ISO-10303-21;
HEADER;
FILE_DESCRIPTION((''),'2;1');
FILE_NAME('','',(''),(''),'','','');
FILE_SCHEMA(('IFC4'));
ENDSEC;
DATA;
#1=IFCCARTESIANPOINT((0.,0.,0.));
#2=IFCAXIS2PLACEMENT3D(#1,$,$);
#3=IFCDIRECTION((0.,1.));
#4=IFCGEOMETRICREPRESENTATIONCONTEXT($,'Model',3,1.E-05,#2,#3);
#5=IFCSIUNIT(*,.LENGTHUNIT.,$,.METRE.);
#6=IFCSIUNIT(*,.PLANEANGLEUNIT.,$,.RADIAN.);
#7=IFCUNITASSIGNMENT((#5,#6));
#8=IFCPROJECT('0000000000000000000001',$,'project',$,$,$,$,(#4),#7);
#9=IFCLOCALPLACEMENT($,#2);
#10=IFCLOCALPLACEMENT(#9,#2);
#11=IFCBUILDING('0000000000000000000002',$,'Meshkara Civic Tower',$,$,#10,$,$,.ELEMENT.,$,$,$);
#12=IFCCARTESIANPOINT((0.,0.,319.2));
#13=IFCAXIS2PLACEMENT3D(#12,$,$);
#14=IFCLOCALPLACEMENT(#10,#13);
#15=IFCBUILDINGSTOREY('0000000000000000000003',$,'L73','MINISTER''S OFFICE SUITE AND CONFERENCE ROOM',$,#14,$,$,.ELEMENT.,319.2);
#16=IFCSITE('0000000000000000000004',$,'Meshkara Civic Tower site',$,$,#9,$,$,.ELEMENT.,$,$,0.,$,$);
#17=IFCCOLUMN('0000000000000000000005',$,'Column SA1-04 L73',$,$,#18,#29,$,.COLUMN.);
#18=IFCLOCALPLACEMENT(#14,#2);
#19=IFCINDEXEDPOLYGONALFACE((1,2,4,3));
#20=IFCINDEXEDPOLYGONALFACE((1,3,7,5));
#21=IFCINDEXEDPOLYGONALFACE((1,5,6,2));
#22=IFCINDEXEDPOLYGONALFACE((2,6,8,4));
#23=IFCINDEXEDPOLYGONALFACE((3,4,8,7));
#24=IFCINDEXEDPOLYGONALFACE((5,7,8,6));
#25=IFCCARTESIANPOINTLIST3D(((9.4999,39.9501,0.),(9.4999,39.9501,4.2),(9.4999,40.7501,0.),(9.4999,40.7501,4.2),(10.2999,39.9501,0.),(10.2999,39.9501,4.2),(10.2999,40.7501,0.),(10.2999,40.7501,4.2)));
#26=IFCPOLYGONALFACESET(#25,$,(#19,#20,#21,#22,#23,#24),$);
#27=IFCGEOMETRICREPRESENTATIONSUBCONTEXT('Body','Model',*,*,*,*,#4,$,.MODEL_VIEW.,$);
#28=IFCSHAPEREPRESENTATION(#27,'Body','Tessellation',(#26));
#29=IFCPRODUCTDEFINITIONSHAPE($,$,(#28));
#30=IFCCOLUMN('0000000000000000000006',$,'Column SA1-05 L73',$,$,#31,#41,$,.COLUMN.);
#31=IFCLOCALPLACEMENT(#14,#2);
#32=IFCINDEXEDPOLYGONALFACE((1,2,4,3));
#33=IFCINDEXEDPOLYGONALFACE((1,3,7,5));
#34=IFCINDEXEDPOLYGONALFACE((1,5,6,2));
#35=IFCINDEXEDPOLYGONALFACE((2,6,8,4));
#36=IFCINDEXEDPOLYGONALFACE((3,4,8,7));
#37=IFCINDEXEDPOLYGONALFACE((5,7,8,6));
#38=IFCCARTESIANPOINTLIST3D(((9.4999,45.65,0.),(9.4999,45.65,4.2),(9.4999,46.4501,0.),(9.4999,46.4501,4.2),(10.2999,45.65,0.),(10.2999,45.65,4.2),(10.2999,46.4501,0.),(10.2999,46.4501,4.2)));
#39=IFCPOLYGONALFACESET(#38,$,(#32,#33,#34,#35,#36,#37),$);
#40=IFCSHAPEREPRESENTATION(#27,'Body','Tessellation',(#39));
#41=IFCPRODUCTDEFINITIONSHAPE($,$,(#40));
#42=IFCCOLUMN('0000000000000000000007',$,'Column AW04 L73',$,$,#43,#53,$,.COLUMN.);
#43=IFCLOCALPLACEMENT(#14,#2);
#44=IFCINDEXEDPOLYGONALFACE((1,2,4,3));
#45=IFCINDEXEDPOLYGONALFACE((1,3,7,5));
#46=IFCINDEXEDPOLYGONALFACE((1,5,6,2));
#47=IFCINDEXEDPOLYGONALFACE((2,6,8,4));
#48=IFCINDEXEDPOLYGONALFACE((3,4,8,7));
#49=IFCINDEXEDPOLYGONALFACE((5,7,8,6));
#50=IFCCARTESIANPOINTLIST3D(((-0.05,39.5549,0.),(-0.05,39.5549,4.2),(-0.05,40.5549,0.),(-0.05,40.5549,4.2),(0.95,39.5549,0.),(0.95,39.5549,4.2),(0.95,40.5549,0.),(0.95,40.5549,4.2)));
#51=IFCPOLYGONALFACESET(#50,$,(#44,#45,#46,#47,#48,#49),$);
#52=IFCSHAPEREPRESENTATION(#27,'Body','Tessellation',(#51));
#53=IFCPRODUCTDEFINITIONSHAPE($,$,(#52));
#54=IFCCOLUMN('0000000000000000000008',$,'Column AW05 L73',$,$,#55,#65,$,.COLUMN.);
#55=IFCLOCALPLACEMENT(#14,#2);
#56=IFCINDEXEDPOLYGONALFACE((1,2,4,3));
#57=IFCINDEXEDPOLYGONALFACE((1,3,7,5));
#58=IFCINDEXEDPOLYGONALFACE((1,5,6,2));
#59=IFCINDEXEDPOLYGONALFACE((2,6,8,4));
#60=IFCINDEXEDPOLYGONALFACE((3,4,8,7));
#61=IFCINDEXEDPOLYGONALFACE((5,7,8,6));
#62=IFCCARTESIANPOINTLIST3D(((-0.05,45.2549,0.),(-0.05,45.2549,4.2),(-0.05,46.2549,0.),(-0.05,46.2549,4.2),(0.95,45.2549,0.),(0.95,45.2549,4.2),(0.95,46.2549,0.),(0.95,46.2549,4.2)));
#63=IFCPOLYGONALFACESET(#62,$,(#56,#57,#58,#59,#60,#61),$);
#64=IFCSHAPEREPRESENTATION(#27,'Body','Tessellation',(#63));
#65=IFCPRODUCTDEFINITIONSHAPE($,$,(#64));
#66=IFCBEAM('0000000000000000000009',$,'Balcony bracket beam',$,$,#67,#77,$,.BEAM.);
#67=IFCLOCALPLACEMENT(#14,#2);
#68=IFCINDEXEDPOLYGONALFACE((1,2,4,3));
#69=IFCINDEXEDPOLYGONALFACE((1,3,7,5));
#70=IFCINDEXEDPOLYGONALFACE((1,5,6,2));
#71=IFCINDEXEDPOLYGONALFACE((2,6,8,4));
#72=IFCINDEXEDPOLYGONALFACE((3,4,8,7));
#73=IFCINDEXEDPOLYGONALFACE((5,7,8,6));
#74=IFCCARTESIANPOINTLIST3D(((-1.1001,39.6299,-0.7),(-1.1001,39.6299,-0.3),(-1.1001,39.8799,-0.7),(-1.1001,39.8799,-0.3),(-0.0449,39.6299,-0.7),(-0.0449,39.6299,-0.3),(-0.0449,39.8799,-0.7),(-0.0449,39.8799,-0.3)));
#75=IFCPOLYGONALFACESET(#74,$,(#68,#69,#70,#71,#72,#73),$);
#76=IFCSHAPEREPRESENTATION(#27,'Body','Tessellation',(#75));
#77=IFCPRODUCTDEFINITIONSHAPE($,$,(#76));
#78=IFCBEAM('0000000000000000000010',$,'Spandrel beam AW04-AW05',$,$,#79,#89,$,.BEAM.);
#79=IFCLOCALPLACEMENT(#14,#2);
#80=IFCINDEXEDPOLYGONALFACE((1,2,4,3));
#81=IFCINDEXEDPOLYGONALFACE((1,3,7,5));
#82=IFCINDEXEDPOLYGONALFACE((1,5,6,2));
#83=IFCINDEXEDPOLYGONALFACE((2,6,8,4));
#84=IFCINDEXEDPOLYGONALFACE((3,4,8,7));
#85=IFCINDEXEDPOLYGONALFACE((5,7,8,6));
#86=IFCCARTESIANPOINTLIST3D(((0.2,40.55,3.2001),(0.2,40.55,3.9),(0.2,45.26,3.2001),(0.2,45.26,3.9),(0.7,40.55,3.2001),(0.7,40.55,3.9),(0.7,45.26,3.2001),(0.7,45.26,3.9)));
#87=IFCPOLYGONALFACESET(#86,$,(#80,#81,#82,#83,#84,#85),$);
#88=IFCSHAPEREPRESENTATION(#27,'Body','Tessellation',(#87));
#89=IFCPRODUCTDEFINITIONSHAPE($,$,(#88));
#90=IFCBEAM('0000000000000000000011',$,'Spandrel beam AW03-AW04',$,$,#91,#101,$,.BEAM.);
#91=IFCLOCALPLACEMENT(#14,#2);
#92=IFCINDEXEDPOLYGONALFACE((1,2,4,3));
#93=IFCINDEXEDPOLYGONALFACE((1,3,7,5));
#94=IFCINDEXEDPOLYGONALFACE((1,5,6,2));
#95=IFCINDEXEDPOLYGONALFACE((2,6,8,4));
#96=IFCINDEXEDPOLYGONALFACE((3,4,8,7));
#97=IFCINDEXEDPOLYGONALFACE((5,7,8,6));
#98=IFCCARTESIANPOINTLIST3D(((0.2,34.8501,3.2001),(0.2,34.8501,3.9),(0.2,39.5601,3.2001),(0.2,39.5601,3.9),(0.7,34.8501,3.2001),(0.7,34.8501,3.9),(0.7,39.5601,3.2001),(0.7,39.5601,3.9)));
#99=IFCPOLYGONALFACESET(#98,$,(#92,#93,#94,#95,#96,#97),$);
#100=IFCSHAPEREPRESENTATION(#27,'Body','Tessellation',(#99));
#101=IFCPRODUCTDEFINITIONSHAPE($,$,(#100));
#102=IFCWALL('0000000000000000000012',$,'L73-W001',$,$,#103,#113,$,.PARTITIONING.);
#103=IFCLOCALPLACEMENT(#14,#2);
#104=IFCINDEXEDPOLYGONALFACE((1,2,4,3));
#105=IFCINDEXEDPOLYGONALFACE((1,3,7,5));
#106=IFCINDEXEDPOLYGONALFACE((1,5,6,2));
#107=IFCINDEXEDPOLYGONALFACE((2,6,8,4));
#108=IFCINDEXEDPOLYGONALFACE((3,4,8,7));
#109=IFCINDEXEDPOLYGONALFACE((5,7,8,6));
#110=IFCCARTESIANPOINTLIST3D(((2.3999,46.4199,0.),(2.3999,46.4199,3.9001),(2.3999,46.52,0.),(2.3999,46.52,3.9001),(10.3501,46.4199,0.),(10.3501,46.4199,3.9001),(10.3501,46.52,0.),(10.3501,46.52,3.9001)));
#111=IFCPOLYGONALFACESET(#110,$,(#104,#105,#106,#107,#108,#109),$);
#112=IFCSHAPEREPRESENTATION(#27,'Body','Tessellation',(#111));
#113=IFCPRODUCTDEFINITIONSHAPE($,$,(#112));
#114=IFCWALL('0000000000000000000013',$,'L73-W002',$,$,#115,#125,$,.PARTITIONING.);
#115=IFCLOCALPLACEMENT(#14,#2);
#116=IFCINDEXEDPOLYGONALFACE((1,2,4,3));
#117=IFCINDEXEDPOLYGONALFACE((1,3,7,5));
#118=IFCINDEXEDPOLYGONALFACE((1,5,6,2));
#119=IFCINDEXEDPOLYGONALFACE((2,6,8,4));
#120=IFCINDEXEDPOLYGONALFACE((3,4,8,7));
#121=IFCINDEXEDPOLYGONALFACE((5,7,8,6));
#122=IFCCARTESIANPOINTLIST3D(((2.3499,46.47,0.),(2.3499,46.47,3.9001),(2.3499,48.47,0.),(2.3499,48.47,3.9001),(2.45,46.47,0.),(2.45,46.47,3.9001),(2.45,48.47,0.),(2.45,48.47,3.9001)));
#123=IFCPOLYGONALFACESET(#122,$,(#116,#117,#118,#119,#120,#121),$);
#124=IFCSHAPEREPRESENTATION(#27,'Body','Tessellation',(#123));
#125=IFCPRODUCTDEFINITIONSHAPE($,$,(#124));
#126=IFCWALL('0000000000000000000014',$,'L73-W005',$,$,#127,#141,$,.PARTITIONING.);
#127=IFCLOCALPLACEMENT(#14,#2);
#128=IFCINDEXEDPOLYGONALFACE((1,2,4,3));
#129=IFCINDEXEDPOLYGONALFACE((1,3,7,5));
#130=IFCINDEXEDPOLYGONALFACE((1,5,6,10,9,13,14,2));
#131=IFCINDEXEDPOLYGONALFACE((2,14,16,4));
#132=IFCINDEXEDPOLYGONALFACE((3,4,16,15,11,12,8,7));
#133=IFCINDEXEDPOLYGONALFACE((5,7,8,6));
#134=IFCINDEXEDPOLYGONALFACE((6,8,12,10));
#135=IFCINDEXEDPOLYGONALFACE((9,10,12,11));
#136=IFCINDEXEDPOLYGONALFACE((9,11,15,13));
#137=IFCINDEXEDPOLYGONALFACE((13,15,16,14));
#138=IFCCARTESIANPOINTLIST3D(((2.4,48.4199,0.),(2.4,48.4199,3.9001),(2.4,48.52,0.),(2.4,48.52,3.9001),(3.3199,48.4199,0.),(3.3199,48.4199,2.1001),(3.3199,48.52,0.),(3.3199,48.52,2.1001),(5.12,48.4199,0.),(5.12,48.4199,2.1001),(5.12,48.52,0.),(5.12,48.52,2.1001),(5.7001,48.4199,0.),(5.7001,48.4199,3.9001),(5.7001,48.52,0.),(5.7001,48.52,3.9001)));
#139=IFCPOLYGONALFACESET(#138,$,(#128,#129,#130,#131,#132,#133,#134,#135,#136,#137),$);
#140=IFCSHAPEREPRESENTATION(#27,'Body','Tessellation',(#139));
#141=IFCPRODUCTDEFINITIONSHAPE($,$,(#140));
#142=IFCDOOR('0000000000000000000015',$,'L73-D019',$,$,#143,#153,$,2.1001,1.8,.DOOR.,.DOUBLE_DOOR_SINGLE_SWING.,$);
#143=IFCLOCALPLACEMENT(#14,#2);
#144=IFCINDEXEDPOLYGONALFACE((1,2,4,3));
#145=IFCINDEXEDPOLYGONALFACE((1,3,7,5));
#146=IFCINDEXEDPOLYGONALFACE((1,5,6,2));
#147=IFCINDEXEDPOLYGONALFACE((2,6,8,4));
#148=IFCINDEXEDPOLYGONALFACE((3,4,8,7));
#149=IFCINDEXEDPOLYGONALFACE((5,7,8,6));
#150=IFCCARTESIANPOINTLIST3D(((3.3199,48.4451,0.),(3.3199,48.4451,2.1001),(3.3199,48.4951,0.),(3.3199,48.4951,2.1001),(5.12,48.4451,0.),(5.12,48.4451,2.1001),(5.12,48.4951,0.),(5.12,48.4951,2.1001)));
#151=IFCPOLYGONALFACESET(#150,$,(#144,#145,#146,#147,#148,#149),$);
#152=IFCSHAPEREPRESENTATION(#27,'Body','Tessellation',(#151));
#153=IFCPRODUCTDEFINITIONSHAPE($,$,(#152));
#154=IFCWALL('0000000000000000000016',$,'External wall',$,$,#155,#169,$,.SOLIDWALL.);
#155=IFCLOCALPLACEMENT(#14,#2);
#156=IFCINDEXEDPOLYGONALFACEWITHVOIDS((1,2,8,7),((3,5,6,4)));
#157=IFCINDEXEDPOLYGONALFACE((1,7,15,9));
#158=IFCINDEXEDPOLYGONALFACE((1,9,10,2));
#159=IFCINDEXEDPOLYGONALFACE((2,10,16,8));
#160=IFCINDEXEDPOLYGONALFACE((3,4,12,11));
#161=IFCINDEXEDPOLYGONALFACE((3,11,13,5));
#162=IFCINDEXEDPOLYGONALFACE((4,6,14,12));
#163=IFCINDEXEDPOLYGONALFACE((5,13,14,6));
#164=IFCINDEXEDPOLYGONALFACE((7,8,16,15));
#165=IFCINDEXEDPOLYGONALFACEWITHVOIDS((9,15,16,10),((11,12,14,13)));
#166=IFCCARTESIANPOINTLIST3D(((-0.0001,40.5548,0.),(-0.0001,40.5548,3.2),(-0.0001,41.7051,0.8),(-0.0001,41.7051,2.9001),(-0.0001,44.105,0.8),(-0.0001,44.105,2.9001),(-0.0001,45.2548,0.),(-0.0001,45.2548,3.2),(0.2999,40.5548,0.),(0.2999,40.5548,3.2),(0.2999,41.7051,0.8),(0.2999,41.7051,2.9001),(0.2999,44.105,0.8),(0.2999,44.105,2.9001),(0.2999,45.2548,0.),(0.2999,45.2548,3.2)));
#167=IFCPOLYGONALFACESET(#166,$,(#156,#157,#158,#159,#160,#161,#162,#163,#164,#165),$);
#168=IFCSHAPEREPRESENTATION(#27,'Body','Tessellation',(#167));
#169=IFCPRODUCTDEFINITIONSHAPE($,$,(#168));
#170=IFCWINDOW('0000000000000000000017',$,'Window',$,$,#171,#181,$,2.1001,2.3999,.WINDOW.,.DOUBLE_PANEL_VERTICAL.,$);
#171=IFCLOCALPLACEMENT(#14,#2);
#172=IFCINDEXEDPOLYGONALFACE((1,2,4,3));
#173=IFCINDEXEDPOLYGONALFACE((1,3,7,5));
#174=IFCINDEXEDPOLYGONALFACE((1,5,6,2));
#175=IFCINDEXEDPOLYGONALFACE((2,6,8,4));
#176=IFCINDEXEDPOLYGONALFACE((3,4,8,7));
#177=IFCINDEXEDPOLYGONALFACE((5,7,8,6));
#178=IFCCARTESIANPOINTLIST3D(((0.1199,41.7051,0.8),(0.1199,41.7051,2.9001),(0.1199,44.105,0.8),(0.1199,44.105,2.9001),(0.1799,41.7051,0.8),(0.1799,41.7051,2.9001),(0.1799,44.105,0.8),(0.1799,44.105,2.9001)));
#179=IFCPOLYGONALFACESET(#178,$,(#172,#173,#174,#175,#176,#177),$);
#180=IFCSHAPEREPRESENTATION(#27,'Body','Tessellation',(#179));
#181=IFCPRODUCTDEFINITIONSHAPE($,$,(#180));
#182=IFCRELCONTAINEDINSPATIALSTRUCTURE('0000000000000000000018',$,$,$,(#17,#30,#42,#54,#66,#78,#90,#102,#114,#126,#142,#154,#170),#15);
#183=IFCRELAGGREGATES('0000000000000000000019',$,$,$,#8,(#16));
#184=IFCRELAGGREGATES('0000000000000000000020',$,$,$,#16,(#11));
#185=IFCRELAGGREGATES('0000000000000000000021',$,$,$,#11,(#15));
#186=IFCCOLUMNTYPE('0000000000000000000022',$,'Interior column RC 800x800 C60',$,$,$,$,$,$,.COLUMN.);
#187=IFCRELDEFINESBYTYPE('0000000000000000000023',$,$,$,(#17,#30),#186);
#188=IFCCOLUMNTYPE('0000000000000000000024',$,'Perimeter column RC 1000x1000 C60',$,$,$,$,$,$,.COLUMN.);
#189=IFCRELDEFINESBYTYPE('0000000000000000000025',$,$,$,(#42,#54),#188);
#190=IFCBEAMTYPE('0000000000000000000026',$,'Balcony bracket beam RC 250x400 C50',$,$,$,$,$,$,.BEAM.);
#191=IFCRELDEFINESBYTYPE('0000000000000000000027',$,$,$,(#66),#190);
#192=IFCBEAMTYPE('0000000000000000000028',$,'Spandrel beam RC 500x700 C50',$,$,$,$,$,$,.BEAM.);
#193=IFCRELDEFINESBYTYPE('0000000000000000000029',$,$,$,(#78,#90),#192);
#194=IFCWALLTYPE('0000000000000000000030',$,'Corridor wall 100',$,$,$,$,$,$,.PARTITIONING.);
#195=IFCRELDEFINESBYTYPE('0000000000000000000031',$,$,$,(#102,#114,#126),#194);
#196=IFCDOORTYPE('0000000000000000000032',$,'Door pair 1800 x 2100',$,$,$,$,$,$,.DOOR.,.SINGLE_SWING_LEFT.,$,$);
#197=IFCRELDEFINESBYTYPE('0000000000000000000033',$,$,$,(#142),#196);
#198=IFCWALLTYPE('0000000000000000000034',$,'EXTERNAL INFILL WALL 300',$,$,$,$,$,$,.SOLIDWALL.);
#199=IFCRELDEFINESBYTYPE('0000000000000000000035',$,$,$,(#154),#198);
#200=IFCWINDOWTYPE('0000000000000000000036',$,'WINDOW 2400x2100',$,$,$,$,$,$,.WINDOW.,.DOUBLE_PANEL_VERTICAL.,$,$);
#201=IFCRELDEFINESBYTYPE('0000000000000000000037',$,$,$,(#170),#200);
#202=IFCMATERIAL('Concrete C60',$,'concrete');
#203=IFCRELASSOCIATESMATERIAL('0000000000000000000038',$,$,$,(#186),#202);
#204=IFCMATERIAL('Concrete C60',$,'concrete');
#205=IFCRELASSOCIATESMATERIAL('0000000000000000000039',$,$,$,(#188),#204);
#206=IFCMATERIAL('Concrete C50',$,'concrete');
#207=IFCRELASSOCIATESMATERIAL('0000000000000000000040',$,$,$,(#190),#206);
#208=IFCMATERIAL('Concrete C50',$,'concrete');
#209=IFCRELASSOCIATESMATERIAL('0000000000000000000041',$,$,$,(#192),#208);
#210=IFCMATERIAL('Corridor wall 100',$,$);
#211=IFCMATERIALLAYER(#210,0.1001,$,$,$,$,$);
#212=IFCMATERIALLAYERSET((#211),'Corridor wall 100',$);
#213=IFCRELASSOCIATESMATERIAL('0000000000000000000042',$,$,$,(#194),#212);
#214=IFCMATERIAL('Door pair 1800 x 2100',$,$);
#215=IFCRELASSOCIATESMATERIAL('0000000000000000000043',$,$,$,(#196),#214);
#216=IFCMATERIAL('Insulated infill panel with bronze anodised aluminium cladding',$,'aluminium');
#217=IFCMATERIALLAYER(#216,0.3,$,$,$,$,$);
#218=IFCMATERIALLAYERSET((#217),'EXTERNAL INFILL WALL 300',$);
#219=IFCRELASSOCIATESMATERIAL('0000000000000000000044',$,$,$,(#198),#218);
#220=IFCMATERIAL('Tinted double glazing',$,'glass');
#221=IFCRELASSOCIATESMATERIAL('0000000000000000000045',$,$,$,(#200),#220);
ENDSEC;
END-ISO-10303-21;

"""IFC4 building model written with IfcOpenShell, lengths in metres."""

from ifc_helpers import new_model, si_unit, direction, frame, frame_2d, origin, origin_2d, place, context, subcontext, project, spatial, rectangle, extrude, material, layer, layer_set, material_profile, profile_set, type_object, element, fill, save


model = new_model("IFC4")

# Units and contexts
model_context = context("Model", 3, precision=1e-05, world=origin(), true_north=direction((0.0, 1.0)))
body_context = subcontext(model_context, "Body", "Model", "MODEL_VIEW")
ifc_project = project(units=[si_unit("LENGTHUNIT", "METRE"), si_unit("PLANEANGLEUNIT", "RADIAN")], contexts=[model_context])

# Site, building, storey
site_placement = place(None, origin())
site = spatial("IfcSite", under=ifc_project, at=site_placement, Name="Meshkara Civic Tower site", CompositionType="ELEMENT", RefElevation=0.0)
building_placement = place(site_placement, origin())
building = spatial("IfcBuilding", under=site, at=building_placement, Name="Meshkara Civic Tower", CompositionType="ELEMENT")
storey_placement = place(building_placement, frame((0.0, 0.0, 319.2)))
storey = spatial("IfcBuildingStorey", under=building, at=storey_placement, Name="L73", Description="MINISTER'S OFFICE SUITE AND CONFERENCE ROOM", CompositionType="ELEMENT", Elevation=319.2)

# Columns
ifc_material_1 = material(Name="Concrete C60", Category="concrete")
ifc_material_profile_1 = material_profile(ifc_material_1, rectangle(XDim=0.8, YDim=0.8, at=origin_2d()))
ifc_profile_set_1 = profile_set([ifc_material_profile_1], Name="Concrete C60")
column_type_1 = type_object("IfcColumnType", Name="Interior column RC 800x800 C60", PredefinedType="COLUMN", material=ifc_profile_set_1)
for number, where, z_axis, x_axis, name in (
    (1, (9.8999, 40.3501, 0.0), (0.0, 0.0, 1.0), (1.0, 0.0, 0.0), "Column SA1-04 L73"),
    (2, (9.8999, 46.05, 0.0), (0.0, 0.0, 1.0), (1.0, 0.0, 0.0), "Column SA1-05 L73"),
):
    element("IfcColumn", number, at=place(storey_placement, frame(where, z_axis=z_axis, x_axis=x_axis)), inside=storey, type_object=column_type_1, Name=name, PredefinedType="COLUMN", context=body_context, shape_type="SweptSolid", body=[
        extrude(rectangle(XDim=0.8, YDim=0.8, at=origin_2d()), origin(), (0.0, 0.0, 1.0), 4.2),
    ])
ifc_material_2 = material(Name="Concrete C60", Category="concrete")
ifc_material_profile_2 = material_profile(ifc_material_2, rectangle(XDim=1.0, YDim=1.0, at=origin_2d()))
ifc_profile_set_2 = profile_set([ifc_material_profile_2], Name="Concrete C60")
column_type_2 = type_object("IfcColumnType", Name="Perimeter column RC 1000x1000 C60", PredefinedType="COLUMN", material=ifc_profile_set_2)
for number, where, z_axis, x_axis, name in (
    (3, (0.45, 40.0549, 0.0), (0.0, 0.0, 1.0), (1.0, 0.0, 0.0), "Column AW04 L73"),
    (4, (0.45, 45.7549, 0.0), (0.0, 0.0, 1.0), (1.0, 0.0, 0.0), "Column AW05 L73"),
):
    element("IfcColumn", number, at=place(storey_placement, frame(where, z_axis=z_axis, x_axis=x_axis)), inside=storey, type_object=column_type_2, Name=name, PredefinedType="COLUMN", context=body_context, shape_type="SweptSolid", body=[
        extrude(rectangle(XDim=1.0, YDim=1.0, at=origin_2d()), origin(), (0.0, 0.0, 1.0), 4.2),
    ])

# Beams
ifc_material_3 = material(Name="Concrete C50", Category="concrete")
ifc_material_profile_3 = material_profile(ifc_material_3, rectangle(XDim=0.25, YDim=0.3999, at=origin_2d()))
ifc_profile_set_3 = profile_set([ifc_material_profile_3], Name="Concrete C50")
beam_type_1 = type_object("IfcBeamType", Name="Balcony bracket beam RC 250x400 C50", PredefinedType="BEAM", material=ifc_profile_set_3)
beam_placement = place(storey_placement, frame((-0.0449, 39.7549, -0.5), z_axis=(-1.0, 0.0, 0.0), x_axis=(0.0, -1.0, 0.0)))
element("IfcBeam", 5, at=beam_placement, inside=storey, type_object=beam_type_1, Name="Balcony bracket beam", PredefinedType="BEAM", context=body_context, shape_type="SweptSolid", body=[
    extrude(rectangle(XDim=0.25, YDim=0.3999, at=origin_2d()), origin(), (0.0, 0.0, 1.0), 1.0552),
])
ifc_material_4 = material(Name="Concrete C50", Category="concrete")
ifc_material_profile_4 = material_profile(ifc_material_4, rectangle(XDim=0.5, YDim=0.7, at=origin_2d()))
ifc_profile_set_4 = profile_set([ifc_material_profile_4], Name="Concrete C50")
beam_type_2 = type_object("IfcBeamType", Name="Spandrel beam RC 500x700 C50", PredefinedType="BEAM", material=ifc_profile_set_4)
for number, where, z_axis, x_axis, name in (
    (6, (0.45, 45.26, 3.55), (0.0, -1.0, 0.0), (1.0, 0.0, 0.0), "Spandrel beam AW04-AW05"),
    (7, (0.45, 39.5601, 3.55), (0.0, -1.0, 0.0), (1.0, 0.0, 0.0), "Spandrel beam AW03-AW04"),
):
    element("IfcBeam", number, at=place(storey_placement, frame(where, z_axis=z_axis, x_axis=x_axis)), inside=storey, type_object=beam_type_2, Name=name, PredefinedType="BEAM", context=body_context, shape_type="SweptSolid", body=[
        extrude(rectangle(XDim=0.5, YDim=0.7, at=origin_2d()), origin(), (0.0, 0.0, 1.0), 4.71),
    ])

# Walls
ifc_material_5 = material(Name="Corridor wall 100")
ifc_layer_1 = layer(ifc_material_5, 0.1001)
ifc_layer_set_1 = layer_set([ifc_layer_1], Name="Corridor wall 100")
wall_type_1 = type_object("IfcWallType", Name="Corridor wall 100", PredefinedType="PARTITIONING", material=ifc_layer_set_1)
wall_1_placement = place(storey_placement, frame((2.3999, 46.47, 0.0), z_axis=(0.0, 0.0, 1.0), x_axis=(1.0, 0.0, 0.0)))
element("IfcWall", 8, at=wall_1_placement, inside=storey, type_object=wall_type_1, Name="L73-W001", PredefinedType="PARTITIONING", context=body_context, shape_type="SweptSolid", body=[
    extrude(rectangle(XDim=7.9502, YDim=0.1001, at=frame_2d((3.9751, 0.0))), origin(), (0.0, 0.0, 1.0), 3.9001),
])
wall_2_placement = place(storey_placement, frame((2.3999, 48.47, 0.0), z_axis=(0.0, 0.0, 1.0), x_axis=(0.0, -1.0, 0.0)))
element("IfcWall", 9, at=wall_2_placement, inside=storey, type_object=wall_type_1, Name="L73-W002", PredefinedType="PARTITIONING", context=body_context, shape_type="SweptSolid", body=[
    extrude(rectangle(XDim=2.0, YDim=0.1001, at=frame_2d((1.0, 0.0))), origin(), (0.0, 0.0, 1.0), 3.9001),
])

# Wall, opening, door
wall_3_placement = place(storey_placement, frame((5.7, 48.47, 0.0), z_axis=(0.0, 0.0, 1.0), x_axis=(-1.0, 0.0, 0.0)))
wall_3 = element("IfcWall", 10, at=wall_3_placement, inside=storey, type_object=wall_type_1, Name="L73-W005", PredefinedType="PARTITIONING", context=body_context, shape_type="SweptSolid", body=[
    extrude(rectangle(XDim=3.3, YDim=0.1001, at=frame_2d((1.6499, 0.0))), origin(), (0.0, 0.0, 1.0), 3.9001),
])
opening_1_placement = place(wall_3_placement, frame((0.5801, 0.0, 0.0)))
opening_1 = element("IfcOpeningElement", 11, at=opening_1_placement, cuts=wall_3, PredefinedType="OPENING", context=body_context, shape_type="SweptSolid", body=[
    extrude(rectangle(XDim=1.8, YDim=2.1001, at=frame_2d((0.8999, 1.05))), frame((0.0, 0.0601, 0.0), z_axis=(0.0, -1.0, 0.0), x_axis=(1.0, 0.0, 0.0)), (0.0, 0.0, 1.0), 0.1201),
])
ifc_material_6 = material(Name="Door pair 1800 x 2100")
door_type_1 = type_object("IfcDoorType", Name="Door pair 1800 x 2100", OperationType="SINGLE_SWING_LEFT", PredefinedType="DOOR", material=ifc_material_6)
door_1_placement = place(opening_1_placement, origin())
door_1 = element("IfcDoor", 12, at=door_1_placement, inside=storey, type_object=door_type_1, Name="L73-D019", OperationType="DOUBLE_DOOR_SINGLE_SWING", OverallHeight=2.1001, OverallWidth=1.8, PredefinedType="DOOR", context=body_context, shape_type="SweptSolid", body=[
    extrude(rectangle(XDim=1.8, YDim=2.1001, at=frame_2d((0.8999, 1.05))), frame((0.0, 0.0249, 0.0), z_axis=(0.0, -1.0, 0.0), x_axis=(1.0, 0.0, 0.0)), (0.0, 0.0, 1.0), 0.05),
])
fill(opening_1, door_1)

# Wall, opening, window
ifc_material_7 = material(Name="Insulated infill panel with bronze anodised aluminium cladding", Category="aluminium")
ifc_layer_2 = layer(ifc_material_7, 0.3)
ifc_layer_set_2 = layer_set([ifc_layer_2], Name="EXTERNAL INFILL WALL 300")
wall_type_2 = type_object("IfcWallType", Name="EXTERNAL INFILL WALL 300", PredefinedType="SOLIDWALL", material=ifc_layer_set_2)
wall_4_placement = place(storey_placement, frame((0.1499, 45.2549, 0.0), z_axis=(0.0, 0.0, 1.0), x_axis=(0.0, -1.0, 0.0)))
wall_4 = element("IfcWall", 13, at=wall_4_placement, inside=storey, type_object=wall_type_2, Name="External wall", PredefinedType="SOLIDWALL", context=body_context, shape_type="SweptSolid", body=[
    extrude(rectangle(XDim=4.7, YDim=0.3, at=frame_2d((2.3501, 0.0))), origin(), (0.0, 0.0, 1.0), 3.2),
])
opening_2_placement = place(wall_4_placement, frame((1.1499, 0.0, 0.8)))
opening_2 = element("IfcOpeningElement", 14, at=opening_2_placement, cuts=wall_4, PredefinedType="OPENING", context=body_context, shape_type="SweptSolid", body=[
    extrude(rectangle(XDim=2.3999, YDim=2.1001, at=frame_2d((1.2, 1.05))), frame((0.0, 0.1599, 0.0), z_axis=(0.0, -1.0, 0.0), x_axis=(1.0, 0.0, 0.0)), (0.0, 0.0, 1.0), 0.3201),
])
ifc_material_8 = material(Name="Tinted double glazing", Category="glass")
window_type = type_object("IfcWindowType", Name="WINDOW 2400x2100", PartitioningType="DOUBLE_PANEL_VERTICAL", PredefinedType="WINDOW", material=ifc_material_8)
window_placement = place(opening_2_placement, origin())
window = element("IfcWindow", 15, at=window_placement, inside=storey, type_object=window_type, Name="Window", OverallHeight=2.1001, OverallWidth=2.3999, PartitioningType="DOUBLE_PANEL_VERTICAL", PredefinedType="WINDOW", context=body_context, shape_type="SweptSolid", body=[
    extrude(rectangle(XDim=2.3999, YDim=2.1001, at=frame_2d((1.2, 1.05))), frame((0.0, 0.03, 0.0), z_axis=(0.0, -1.0, 0.0), x_axis=(1.0, 0.0, 0.0)), (0.0, 0.0, 1.0), 0.0601),
])
fill(opening_2, window)

save(model, "model.ifc")
